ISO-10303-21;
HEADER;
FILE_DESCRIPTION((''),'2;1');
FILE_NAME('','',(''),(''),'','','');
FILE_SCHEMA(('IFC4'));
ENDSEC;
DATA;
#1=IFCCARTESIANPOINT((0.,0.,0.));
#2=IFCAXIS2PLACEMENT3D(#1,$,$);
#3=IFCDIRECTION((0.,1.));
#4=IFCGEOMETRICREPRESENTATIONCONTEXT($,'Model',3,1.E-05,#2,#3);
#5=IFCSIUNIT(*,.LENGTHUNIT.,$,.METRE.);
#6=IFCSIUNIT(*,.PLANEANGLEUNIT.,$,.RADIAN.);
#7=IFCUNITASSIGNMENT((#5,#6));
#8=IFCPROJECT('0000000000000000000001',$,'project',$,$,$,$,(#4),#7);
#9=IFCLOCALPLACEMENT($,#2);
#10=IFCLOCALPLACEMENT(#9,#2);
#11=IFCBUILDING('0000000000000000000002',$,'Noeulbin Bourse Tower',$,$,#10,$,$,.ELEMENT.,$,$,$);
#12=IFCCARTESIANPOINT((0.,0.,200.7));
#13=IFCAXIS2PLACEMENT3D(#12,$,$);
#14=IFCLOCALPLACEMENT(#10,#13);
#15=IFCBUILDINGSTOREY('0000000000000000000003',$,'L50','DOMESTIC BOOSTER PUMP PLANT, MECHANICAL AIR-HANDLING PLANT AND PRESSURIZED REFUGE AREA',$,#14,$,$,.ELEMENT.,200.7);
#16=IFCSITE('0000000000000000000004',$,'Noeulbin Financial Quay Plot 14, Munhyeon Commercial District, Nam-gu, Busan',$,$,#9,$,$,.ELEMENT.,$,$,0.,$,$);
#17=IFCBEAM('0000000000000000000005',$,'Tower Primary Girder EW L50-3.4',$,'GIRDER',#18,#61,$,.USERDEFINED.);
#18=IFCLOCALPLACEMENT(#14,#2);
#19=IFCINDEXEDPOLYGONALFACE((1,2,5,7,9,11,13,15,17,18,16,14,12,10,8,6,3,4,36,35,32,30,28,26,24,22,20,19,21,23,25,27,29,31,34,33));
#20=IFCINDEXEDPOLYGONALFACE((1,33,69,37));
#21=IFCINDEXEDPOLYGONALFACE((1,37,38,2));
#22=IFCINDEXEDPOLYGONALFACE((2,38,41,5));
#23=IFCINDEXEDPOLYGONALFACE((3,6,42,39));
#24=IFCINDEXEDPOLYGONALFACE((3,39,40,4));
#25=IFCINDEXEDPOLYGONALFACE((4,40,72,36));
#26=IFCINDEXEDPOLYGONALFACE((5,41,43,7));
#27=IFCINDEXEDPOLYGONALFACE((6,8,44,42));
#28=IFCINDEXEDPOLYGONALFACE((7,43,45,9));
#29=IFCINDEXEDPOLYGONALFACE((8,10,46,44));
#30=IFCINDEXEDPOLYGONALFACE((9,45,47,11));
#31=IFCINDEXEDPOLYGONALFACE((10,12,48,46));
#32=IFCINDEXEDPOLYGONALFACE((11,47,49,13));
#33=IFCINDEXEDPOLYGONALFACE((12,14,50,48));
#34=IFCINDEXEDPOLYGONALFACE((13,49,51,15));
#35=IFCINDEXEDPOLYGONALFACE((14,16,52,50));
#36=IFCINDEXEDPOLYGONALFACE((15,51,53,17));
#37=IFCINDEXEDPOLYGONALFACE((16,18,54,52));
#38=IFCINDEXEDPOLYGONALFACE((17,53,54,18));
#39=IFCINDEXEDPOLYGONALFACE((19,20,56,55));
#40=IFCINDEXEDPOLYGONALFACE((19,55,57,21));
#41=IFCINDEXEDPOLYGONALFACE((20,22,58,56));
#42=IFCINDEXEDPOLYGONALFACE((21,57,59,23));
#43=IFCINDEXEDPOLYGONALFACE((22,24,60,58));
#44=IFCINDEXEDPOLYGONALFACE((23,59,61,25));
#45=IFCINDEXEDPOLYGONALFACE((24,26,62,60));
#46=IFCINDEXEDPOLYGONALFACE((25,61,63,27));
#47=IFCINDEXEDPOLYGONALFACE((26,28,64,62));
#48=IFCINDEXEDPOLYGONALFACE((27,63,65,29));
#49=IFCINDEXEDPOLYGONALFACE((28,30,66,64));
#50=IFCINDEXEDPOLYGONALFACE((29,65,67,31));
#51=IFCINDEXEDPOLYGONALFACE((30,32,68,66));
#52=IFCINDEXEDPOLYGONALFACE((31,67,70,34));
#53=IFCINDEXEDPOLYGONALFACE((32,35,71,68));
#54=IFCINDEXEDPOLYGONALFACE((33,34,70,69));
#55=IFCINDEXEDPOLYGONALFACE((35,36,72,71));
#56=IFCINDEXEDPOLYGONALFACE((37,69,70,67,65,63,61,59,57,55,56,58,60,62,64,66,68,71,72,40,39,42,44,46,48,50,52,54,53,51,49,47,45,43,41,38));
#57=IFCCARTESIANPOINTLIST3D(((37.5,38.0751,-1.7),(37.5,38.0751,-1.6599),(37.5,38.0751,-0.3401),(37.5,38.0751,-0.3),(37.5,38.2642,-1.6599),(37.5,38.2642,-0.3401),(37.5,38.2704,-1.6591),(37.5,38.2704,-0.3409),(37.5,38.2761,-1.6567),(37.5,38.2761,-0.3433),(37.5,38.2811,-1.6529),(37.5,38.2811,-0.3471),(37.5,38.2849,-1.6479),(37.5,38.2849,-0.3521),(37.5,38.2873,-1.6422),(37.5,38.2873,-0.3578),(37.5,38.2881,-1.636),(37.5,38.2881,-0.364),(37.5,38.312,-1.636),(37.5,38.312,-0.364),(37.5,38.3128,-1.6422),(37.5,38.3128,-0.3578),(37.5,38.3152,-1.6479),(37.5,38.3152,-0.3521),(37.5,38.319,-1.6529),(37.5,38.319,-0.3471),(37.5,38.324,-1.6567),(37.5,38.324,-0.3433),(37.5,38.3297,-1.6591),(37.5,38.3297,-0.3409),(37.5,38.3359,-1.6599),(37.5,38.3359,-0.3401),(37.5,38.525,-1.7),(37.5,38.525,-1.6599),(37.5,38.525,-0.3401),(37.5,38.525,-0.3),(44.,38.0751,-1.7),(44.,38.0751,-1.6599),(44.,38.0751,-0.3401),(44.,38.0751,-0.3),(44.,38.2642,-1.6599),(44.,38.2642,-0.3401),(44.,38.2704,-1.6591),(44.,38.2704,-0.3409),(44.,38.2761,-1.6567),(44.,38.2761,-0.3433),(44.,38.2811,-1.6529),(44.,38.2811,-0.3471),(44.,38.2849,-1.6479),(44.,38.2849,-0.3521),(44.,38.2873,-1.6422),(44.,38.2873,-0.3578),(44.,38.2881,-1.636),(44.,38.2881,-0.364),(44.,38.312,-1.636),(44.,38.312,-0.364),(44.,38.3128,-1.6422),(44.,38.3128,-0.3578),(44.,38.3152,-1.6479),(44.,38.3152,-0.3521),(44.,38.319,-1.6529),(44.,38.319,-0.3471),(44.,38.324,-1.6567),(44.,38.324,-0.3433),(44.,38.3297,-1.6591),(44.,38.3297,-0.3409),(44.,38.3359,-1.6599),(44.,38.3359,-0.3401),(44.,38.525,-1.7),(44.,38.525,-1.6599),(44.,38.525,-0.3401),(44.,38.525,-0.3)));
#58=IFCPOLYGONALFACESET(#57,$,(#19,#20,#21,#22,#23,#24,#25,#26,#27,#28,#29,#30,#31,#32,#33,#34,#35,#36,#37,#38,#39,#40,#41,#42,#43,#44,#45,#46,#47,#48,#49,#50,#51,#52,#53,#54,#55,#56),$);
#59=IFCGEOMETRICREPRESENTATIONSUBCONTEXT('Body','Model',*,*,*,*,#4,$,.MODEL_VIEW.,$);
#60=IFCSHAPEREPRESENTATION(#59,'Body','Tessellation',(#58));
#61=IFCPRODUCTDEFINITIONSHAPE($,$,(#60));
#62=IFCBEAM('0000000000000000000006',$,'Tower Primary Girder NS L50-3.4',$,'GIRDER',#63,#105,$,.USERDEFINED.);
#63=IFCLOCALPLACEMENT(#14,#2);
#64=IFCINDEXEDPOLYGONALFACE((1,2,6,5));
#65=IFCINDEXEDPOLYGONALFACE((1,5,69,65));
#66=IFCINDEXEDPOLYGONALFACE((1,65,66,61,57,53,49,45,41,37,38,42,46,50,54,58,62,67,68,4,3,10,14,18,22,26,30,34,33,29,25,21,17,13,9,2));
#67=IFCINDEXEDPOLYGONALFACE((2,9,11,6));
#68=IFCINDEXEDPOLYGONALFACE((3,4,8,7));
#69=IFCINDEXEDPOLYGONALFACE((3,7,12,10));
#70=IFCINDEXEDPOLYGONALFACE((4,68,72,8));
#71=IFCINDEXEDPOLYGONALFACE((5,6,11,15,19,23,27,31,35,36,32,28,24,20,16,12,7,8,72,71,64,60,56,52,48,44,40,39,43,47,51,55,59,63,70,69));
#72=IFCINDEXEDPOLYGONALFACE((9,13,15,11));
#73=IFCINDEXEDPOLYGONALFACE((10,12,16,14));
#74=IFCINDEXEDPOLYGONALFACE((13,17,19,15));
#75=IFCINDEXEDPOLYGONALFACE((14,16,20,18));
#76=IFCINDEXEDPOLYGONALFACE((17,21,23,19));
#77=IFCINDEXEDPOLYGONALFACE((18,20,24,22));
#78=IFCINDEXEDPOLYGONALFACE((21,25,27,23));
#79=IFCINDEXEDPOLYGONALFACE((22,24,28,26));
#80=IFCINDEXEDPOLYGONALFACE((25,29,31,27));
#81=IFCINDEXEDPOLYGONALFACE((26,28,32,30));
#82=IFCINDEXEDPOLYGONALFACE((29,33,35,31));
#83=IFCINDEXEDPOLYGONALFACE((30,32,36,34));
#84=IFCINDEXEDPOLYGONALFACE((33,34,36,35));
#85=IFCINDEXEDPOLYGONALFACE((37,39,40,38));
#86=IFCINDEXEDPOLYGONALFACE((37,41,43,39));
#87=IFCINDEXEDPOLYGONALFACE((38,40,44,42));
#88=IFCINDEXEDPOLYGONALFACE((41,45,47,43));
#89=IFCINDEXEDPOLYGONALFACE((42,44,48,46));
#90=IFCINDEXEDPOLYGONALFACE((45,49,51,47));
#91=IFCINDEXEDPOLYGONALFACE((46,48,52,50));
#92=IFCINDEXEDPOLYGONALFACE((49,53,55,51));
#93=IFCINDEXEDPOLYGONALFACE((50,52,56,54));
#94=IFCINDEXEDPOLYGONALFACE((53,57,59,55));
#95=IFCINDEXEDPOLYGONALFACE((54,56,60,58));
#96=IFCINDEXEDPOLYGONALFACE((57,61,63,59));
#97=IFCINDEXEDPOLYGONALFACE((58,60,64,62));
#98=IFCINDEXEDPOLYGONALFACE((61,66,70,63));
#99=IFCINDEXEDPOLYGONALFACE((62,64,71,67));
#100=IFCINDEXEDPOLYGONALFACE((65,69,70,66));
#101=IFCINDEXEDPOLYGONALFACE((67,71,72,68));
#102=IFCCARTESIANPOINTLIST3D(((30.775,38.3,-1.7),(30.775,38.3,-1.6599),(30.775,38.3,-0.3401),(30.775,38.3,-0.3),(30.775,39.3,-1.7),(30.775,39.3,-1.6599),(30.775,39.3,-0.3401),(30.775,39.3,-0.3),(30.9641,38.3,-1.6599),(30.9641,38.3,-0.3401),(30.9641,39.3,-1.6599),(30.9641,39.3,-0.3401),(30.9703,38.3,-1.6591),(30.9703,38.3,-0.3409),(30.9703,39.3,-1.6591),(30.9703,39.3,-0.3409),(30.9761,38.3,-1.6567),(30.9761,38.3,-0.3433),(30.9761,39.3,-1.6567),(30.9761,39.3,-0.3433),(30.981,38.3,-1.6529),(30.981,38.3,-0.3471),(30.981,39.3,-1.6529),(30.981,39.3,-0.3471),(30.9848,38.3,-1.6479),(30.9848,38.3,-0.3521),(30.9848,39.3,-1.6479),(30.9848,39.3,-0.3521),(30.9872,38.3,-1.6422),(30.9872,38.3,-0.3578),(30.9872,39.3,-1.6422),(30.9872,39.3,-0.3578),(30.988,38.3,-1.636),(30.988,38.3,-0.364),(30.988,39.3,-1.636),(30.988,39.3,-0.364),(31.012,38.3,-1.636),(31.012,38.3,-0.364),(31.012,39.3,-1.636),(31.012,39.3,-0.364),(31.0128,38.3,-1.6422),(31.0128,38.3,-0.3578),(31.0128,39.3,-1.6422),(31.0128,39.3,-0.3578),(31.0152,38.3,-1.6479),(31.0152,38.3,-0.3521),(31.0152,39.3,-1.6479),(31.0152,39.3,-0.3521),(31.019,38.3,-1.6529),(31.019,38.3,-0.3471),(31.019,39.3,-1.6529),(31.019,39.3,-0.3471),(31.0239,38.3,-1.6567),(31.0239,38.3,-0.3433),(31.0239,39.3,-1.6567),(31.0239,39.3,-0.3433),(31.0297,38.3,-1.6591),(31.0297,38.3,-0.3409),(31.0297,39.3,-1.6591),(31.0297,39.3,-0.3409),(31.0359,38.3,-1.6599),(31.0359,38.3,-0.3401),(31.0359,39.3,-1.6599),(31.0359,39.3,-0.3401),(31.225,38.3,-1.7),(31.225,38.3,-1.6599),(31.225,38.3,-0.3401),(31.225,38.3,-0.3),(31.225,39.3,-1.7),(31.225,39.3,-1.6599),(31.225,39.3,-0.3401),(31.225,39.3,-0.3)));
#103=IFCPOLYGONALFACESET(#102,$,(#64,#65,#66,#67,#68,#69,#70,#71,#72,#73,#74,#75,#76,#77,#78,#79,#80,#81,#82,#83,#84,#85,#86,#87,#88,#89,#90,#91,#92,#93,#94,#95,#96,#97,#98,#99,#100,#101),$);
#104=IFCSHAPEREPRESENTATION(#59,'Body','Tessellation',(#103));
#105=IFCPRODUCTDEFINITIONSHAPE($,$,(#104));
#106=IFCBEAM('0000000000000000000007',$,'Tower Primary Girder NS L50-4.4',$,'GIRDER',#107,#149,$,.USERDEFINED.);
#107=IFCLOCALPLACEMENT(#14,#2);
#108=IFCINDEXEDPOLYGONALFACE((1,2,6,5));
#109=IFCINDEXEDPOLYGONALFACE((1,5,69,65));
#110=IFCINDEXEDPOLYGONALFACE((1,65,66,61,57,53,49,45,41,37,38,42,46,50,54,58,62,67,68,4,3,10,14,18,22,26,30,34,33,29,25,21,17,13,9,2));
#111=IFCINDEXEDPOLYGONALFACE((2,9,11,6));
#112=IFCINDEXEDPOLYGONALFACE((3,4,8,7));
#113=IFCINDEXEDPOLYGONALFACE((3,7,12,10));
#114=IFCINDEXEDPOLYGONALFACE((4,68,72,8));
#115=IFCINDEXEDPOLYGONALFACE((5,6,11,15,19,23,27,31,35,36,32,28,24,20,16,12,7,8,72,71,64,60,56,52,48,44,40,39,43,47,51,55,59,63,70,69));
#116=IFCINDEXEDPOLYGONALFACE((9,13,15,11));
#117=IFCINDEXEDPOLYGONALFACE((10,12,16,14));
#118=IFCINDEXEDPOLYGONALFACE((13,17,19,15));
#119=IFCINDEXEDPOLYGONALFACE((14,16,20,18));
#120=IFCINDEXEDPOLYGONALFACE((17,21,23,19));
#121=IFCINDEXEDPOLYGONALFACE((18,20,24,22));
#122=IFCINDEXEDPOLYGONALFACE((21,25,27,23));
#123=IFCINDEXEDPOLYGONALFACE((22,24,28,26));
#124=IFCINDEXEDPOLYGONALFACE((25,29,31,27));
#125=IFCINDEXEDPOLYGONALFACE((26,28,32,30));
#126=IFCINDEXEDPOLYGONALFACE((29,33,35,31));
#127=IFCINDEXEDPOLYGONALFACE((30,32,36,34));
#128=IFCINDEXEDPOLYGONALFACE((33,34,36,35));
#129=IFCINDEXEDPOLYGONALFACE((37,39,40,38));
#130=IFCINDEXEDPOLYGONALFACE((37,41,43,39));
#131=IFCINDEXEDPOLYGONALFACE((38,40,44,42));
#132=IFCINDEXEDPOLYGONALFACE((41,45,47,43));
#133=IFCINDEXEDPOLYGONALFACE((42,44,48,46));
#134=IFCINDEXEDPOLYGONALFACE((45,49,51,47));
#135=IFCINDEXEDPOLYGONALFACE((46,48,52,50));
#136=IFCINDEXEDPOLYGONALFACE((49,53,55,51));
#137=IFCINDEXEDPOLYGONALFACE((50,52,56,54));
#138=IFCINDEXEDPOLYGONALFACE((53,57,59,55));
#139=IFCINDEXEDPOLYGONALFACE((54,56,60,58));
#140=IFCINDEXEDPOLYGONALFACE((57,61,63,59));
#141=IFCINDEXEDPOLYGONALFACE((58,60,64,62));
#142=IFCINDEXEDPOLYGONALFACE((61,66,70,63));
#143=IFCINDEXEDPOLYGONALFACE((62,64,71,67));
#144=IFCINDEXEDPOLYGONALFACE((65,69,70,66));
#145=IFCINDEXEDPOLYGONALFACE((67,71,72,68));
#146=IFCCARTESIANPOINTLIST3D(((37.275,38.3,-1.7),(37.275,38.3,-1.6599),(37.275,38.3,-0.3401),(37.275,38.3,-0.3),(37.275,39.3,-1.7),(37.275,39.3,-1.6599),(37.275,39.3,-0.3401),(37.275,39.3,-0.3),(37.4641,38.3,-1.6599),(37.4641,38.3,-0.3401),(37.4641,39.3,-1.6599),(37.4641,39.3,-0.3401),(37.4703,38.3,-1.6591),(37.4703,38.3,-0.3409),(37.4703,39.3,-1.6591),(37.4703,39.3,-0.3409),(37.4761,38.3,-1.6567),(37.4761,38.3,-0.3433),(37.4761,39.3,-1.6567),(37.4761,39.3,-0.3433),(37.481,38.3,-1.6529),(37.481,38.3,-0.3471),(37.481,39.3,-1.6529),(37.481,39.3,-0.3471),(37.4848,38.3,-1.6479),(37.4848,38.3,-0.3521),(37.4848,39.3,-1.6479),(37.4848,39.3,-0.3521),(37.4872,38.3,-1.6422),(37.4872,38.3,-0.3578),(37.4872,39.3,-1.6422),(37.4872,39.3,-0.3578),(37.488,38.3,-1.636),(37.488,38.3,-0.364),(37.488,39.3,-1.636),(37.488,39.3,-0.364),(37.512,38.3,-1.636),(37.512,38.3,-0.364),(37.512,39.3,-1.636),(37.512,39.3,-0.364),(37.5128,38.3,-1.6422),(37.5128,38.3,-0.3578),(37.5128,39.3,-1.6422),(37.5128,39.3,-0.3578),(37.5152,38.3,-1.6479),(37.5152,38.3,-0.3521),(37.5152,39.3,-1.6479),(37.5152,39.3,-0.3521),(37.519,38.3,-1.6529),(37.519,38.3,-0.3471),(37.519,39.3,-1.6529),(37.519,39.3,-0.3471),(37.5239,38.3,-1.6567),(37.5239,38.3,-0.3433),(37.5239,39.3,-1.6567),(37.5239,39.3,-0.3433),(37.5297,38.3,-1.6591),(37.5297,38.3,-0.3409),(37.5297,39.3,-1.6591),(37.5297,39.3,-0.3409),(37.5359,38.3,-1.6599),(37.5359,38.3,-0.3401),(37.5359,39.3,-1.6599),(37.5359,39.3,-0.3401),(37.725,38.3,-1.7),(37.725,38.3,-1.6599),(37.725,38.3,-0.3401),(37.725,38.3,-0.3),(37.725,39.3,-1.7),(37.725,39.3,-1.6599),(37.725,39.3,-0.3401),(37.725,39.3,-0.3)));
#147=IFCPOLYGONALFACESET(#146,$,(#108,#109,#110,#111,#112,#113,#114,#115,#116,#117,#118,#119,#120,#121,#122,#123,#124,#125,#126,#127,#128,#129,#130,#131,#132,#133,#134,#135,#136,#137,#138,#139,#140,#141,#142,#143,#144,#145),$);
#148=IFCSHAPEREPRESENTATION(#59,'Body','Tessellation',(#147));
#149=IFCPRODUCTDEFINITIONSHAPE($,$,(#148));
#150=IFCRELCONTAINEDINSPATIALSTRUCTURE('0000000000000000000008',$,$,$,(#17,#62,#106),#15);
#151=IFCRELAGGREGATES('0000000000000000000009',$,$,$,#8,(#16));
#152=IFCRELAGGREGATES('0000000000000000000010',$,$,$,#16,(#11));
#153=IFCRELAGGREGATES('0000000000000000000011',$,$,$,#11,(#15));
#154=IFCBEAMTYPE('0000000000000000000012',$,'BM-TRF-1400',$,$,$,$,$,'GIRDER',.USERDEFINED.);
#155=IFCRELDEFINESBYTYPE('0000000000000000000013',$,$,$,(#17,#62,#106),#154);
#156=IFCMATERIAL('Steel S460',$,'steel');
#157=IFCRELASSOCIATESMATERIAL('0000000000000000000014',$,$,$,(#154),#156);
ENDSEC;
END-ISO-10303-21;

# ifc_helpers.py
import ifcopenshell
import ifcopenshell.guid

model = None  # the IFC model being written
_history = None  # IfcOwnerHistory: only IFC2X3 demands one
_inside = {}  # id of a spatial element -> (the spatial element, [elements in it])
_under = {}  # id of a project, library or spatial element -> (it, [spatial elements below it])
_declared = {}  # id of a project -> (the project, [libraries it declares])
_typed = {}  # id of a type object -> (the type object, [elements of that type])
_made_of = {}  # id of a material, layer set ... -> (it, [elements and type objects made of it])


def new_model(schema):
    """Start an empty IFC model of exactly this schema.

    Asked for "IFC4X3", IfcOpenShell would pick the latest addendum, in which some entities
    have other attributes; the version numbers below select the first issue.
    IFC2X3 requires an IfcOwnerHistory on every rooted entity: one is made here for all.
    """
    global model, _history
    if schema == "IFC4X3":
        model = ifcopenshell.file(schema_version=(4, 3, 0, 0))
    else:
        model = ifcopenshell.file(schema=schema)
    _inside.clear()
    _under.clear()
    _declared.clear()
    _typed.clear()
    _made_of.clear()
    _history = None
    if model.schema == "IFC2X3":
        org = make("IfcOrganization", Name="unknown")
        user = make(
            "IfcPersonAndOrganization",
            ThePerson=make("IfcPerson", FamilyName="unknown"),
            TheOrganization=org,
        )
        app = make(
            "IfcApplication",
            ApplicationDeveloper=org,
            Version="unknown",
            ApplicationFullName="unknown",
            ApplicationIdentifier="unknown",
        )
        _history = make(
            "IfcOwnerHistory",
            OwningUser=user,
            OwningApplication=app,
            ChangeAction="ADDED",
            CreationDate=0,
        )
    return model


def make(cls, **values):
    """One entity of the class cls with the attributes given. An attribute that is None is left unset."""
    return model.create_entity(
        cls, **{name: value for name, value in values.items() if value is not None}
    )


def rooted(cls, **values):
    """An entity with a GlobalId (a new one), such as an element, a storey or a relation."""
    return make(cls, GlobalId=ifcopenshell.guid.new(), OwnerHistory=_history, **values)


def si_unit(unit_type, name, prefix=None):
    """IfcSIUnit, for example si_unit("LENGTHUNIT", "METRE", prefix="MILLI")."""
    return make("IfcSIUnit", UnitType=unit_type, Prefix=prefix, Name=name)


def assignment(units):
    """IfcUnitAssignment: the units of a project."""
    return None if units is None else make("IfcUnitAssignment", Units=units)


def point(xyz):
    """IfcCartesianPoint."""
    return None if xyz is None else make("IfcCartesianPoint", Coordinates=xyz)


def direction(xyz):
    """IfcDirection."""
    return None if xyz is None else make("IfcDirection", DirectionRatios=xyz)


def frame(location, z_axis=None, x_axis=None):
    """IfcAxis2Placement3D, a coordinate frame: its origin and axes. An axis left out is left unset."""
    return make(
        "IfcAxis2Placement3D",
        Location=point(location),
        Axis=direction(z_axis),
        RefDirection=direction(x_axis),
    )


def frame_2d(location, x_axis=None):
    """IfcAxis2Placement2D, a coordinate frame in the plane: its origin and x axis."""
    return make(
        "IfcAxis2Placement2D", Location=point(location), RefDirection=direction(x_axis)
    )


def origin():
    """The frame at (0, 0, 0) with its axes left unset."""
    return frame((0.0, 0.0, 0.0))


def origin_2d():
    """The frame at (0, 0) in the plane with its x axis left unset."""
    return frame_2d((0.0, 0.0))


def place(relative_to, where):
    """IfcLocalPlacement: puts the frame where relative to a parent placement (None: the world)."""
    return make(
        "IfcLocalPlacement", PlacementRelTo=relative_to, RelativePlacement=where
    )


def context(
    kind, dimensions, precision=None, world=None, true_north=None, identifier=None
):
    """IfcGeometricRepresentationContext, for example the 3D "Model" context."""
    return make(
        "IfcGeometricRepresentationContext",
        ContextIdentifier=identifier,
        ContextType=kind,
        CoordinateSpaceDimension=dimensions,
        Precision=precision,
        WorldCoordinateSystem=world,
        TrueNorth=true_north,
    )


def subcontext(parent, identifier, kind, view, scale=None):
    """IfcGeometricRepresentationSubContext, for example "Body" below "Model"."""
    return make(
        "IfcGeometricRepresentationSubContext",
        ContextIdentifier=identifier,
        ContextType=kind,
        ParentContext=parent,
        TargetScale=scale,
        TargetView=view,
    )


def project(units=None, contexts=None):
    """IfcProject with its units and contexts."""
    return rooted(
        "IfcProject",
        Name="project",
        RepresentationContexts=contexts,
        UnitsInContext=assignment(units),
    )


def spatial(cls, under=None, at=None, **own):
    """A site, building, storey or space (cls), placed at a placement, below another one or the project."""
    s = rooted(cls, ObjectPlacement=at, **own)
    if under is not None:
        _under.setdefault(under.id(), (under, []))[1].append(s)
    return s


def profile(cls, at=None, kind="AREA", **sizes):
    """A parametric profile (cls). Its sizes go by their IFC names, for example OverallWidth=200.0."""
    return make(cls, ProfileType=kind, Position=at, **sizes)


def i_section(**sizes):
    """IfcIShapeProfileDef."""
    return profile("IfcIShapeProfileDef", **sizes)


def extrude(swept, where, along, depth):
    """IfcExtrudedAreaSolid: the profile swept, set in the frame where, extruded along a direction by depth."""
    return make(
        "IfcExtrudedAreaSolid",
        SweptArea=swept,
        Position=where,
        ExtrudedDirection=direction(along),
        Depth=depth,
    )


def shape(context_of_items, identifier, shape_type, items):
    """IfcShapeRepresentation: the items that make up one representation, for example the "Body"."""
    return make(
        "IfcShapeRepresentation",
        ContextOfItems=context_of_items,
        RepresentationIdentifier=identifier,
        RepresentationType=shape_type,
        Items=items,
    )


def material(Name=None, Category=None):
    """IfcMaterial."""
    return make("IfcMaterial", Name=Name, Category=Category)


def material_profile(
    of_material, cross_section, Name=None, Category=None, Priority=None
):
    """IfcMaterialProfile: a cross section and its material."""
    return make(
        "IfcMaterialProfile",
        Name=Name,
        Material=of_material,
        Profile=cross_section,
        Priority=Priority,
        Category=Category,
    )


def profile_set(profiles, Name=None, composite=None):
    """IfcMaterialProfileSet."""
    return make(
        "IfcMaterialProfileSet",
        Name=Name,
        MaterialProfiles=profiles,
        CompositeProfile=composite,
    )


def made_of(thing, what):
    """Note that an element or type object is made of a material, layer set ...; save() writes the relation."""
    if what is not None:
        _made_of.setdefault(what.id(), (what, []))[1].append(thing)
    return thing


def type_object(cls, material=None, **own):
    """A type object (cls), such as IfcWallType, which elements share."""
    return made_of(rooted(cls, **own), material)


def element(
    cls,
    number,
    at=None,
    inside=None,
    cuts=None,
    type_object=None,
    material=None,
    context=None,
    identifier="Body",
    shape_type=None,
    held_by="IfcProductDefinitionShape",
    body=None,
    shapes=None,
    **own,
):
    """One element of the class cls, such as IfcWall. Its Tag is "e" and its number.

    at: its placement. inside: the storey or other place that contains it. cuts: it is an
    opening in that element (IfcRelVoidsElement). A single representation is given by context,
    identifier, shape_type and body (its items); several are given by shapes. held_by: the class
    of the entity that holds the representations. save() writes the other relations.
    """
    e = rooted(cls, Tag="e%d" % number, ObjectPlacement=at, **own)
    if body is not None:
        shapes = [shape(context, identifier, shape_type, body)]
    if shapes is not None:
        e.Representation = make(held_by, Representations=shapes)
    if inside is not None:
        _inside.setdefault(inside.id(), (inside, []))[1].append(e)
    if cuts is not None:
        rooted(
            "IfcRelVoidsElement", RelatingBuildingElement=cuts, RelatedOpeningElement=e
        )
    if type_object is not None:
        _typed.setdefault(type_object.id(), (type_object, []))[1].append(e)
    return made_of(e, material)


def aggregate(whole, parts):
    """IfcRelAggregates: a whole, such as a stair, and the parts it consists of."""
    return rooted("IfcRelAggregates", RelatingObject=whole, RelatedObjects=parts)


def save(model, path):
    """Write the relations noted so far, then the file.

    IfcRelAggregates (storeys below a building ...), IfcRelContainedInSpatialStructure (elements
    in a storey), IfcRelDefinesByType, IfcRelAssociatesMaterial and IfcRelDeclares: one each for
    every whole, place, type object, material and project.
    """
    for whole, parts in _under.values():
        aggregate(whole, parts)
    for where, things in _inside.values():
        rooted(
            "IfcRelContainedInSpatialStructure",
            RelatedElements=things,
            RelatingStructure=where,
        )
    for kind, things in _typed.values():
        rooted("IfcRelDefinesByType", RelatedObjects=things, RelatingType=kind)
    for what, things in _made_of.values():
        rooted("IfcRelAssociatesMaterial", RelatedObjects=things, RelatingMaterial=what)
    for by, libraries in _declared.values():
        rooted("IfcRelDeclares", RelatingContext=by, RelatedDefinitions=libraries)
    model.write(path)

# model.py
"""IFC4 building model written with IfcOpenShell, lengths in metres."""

from ifc_helpers import new_model, si_unit, direction, frame, origin, origin_2d, place, context, subcontext, project, spatial, i_section, extrude, material, material_profile, profile_set, type_object, element, save


model = new_model("IFC4")

# Units and contexts
model_context = context("Model", 3, precision=1e-05, world=origin(), true_north=direction((0.0, 1.0)))
body_context = subcontext(model_context, "Body", "Model", "MODEL_VIEW")
ifc_project = project(units=[si_unit("LENGTHUNIT", "METRE"), si_unit("PLANEANGLEUNIT", "RADIAN")], contexts=[model_context])

# Site, building, storey
site_placement = place(None, origin())
site = spatial("IfcSite", under=ifc_project, at=site_placement, Name="Noeulbin Financial Quay Plot 14, Munhyeon Commercial District, Nam-gu, Busan", CompositionType="ELEMENT", RefElevation=0.0)
building_placement = place(site_placement, origin())
building = spatial("IfcBuilding", under=site, at=building_placement, Name="Noeulbin Bourse Tower", CompositionType="ELEMENT")
storey_placement = place(building_placement, frame((0.0, 0.0, 200.7)))
storey = spatial("IfcBuildingStorey", under=building, at=storey_placement, Name="L50", Description="DOMESTIC BOOSTER PUMP PLANT, MECHANICAL AIR-HANDLING PLANT AND PRESSURIZED REFUGE AREA", CompositionType="ELEMENT", Elevation=200.7)

# Shared definitions
ifc_material_1 = material(Name="Steel S460", Category="steel")

# Beams
ifc_material_profile_1 = material_profile(ifc_material_1, i_section(OverallWidth=0.45, OverallDepth=1.3999, WebThickness=0.0239, FlangeThickness=0.04, FilletRadius=0.0239, at=origin_2d()), Name="PG-1400x450x24x40", Category="LoadBearing")
ifc_profile_set_1 = profile_set([ifc_material_profile_1], Name="Steel S460")
beam_type = type_object("IfcBeamType", Name="BM-TRF-1400", ElementType="GIRDER", PredefinedType="USERDEFINED", material=ifc_profile_set_1)
for number, where, z_axis, x_axis, name in (
    (1, (37.5, 38.3, -1.0), (1.0, 0.0, 0.0), (0.0, 1.0, 0.0), "Tower Primary Girder EW L50-3.4"),
):
    element("IfcBeam", number, at=place(storey_placement, frame(where, z_axis=z_axis, x_axis=x_axis)), inside=storey, type_object=beam_type, Name=name, ObjectType="GIRDER", PredefinedType="USERDEFINED", context=body_context, shape_type="SweptSolid", body=[
        extrude(i_section(OverallWidth=0.45, OverallDepth=1.3999, WebThickness=0.0239, FlangeThickness=0.04, FilletRadius=0.0239, at=origin_2d()), origin(), (0.0, 0.0, 1.0), 6.5),
    ])
for number, where, z_axis, x_axis, name in (
    (2, (31.0, 38.3, -1.0), (0.0, 1.0, 0.0), (-1.0, 0.0, 0.0), "Tower Primary Girder NS L50-3.4"),
    (3, (37.5, 38.3, -1.0), (0.0, 1.0, 0.0), (-1.0, 0.0, 0.0), "Tower Primary Girder NS L50-4.4"),
):
    element("IfcBeam", number, at=place(storey_placement, frame(where, z_axis=z_axis, x_axis=x_axis)), inside=storey, type_object=beam_type, Name=name, ObjectType="GIRDER", PredefinedType="USERDEFINED", context=body_context, shape_type="SweptSolid", body=[
        extrude(i_section(OverallWidth=0.45, OverallDepth=1.3999, WebThickness=0.0239, FlangeThickness=0.04, FilletRadius=0.0239, at=origin_2d()), origin(), (0.0, 0.0, 1.0), 1.0),
    ])

save(model, "model.ifc")
